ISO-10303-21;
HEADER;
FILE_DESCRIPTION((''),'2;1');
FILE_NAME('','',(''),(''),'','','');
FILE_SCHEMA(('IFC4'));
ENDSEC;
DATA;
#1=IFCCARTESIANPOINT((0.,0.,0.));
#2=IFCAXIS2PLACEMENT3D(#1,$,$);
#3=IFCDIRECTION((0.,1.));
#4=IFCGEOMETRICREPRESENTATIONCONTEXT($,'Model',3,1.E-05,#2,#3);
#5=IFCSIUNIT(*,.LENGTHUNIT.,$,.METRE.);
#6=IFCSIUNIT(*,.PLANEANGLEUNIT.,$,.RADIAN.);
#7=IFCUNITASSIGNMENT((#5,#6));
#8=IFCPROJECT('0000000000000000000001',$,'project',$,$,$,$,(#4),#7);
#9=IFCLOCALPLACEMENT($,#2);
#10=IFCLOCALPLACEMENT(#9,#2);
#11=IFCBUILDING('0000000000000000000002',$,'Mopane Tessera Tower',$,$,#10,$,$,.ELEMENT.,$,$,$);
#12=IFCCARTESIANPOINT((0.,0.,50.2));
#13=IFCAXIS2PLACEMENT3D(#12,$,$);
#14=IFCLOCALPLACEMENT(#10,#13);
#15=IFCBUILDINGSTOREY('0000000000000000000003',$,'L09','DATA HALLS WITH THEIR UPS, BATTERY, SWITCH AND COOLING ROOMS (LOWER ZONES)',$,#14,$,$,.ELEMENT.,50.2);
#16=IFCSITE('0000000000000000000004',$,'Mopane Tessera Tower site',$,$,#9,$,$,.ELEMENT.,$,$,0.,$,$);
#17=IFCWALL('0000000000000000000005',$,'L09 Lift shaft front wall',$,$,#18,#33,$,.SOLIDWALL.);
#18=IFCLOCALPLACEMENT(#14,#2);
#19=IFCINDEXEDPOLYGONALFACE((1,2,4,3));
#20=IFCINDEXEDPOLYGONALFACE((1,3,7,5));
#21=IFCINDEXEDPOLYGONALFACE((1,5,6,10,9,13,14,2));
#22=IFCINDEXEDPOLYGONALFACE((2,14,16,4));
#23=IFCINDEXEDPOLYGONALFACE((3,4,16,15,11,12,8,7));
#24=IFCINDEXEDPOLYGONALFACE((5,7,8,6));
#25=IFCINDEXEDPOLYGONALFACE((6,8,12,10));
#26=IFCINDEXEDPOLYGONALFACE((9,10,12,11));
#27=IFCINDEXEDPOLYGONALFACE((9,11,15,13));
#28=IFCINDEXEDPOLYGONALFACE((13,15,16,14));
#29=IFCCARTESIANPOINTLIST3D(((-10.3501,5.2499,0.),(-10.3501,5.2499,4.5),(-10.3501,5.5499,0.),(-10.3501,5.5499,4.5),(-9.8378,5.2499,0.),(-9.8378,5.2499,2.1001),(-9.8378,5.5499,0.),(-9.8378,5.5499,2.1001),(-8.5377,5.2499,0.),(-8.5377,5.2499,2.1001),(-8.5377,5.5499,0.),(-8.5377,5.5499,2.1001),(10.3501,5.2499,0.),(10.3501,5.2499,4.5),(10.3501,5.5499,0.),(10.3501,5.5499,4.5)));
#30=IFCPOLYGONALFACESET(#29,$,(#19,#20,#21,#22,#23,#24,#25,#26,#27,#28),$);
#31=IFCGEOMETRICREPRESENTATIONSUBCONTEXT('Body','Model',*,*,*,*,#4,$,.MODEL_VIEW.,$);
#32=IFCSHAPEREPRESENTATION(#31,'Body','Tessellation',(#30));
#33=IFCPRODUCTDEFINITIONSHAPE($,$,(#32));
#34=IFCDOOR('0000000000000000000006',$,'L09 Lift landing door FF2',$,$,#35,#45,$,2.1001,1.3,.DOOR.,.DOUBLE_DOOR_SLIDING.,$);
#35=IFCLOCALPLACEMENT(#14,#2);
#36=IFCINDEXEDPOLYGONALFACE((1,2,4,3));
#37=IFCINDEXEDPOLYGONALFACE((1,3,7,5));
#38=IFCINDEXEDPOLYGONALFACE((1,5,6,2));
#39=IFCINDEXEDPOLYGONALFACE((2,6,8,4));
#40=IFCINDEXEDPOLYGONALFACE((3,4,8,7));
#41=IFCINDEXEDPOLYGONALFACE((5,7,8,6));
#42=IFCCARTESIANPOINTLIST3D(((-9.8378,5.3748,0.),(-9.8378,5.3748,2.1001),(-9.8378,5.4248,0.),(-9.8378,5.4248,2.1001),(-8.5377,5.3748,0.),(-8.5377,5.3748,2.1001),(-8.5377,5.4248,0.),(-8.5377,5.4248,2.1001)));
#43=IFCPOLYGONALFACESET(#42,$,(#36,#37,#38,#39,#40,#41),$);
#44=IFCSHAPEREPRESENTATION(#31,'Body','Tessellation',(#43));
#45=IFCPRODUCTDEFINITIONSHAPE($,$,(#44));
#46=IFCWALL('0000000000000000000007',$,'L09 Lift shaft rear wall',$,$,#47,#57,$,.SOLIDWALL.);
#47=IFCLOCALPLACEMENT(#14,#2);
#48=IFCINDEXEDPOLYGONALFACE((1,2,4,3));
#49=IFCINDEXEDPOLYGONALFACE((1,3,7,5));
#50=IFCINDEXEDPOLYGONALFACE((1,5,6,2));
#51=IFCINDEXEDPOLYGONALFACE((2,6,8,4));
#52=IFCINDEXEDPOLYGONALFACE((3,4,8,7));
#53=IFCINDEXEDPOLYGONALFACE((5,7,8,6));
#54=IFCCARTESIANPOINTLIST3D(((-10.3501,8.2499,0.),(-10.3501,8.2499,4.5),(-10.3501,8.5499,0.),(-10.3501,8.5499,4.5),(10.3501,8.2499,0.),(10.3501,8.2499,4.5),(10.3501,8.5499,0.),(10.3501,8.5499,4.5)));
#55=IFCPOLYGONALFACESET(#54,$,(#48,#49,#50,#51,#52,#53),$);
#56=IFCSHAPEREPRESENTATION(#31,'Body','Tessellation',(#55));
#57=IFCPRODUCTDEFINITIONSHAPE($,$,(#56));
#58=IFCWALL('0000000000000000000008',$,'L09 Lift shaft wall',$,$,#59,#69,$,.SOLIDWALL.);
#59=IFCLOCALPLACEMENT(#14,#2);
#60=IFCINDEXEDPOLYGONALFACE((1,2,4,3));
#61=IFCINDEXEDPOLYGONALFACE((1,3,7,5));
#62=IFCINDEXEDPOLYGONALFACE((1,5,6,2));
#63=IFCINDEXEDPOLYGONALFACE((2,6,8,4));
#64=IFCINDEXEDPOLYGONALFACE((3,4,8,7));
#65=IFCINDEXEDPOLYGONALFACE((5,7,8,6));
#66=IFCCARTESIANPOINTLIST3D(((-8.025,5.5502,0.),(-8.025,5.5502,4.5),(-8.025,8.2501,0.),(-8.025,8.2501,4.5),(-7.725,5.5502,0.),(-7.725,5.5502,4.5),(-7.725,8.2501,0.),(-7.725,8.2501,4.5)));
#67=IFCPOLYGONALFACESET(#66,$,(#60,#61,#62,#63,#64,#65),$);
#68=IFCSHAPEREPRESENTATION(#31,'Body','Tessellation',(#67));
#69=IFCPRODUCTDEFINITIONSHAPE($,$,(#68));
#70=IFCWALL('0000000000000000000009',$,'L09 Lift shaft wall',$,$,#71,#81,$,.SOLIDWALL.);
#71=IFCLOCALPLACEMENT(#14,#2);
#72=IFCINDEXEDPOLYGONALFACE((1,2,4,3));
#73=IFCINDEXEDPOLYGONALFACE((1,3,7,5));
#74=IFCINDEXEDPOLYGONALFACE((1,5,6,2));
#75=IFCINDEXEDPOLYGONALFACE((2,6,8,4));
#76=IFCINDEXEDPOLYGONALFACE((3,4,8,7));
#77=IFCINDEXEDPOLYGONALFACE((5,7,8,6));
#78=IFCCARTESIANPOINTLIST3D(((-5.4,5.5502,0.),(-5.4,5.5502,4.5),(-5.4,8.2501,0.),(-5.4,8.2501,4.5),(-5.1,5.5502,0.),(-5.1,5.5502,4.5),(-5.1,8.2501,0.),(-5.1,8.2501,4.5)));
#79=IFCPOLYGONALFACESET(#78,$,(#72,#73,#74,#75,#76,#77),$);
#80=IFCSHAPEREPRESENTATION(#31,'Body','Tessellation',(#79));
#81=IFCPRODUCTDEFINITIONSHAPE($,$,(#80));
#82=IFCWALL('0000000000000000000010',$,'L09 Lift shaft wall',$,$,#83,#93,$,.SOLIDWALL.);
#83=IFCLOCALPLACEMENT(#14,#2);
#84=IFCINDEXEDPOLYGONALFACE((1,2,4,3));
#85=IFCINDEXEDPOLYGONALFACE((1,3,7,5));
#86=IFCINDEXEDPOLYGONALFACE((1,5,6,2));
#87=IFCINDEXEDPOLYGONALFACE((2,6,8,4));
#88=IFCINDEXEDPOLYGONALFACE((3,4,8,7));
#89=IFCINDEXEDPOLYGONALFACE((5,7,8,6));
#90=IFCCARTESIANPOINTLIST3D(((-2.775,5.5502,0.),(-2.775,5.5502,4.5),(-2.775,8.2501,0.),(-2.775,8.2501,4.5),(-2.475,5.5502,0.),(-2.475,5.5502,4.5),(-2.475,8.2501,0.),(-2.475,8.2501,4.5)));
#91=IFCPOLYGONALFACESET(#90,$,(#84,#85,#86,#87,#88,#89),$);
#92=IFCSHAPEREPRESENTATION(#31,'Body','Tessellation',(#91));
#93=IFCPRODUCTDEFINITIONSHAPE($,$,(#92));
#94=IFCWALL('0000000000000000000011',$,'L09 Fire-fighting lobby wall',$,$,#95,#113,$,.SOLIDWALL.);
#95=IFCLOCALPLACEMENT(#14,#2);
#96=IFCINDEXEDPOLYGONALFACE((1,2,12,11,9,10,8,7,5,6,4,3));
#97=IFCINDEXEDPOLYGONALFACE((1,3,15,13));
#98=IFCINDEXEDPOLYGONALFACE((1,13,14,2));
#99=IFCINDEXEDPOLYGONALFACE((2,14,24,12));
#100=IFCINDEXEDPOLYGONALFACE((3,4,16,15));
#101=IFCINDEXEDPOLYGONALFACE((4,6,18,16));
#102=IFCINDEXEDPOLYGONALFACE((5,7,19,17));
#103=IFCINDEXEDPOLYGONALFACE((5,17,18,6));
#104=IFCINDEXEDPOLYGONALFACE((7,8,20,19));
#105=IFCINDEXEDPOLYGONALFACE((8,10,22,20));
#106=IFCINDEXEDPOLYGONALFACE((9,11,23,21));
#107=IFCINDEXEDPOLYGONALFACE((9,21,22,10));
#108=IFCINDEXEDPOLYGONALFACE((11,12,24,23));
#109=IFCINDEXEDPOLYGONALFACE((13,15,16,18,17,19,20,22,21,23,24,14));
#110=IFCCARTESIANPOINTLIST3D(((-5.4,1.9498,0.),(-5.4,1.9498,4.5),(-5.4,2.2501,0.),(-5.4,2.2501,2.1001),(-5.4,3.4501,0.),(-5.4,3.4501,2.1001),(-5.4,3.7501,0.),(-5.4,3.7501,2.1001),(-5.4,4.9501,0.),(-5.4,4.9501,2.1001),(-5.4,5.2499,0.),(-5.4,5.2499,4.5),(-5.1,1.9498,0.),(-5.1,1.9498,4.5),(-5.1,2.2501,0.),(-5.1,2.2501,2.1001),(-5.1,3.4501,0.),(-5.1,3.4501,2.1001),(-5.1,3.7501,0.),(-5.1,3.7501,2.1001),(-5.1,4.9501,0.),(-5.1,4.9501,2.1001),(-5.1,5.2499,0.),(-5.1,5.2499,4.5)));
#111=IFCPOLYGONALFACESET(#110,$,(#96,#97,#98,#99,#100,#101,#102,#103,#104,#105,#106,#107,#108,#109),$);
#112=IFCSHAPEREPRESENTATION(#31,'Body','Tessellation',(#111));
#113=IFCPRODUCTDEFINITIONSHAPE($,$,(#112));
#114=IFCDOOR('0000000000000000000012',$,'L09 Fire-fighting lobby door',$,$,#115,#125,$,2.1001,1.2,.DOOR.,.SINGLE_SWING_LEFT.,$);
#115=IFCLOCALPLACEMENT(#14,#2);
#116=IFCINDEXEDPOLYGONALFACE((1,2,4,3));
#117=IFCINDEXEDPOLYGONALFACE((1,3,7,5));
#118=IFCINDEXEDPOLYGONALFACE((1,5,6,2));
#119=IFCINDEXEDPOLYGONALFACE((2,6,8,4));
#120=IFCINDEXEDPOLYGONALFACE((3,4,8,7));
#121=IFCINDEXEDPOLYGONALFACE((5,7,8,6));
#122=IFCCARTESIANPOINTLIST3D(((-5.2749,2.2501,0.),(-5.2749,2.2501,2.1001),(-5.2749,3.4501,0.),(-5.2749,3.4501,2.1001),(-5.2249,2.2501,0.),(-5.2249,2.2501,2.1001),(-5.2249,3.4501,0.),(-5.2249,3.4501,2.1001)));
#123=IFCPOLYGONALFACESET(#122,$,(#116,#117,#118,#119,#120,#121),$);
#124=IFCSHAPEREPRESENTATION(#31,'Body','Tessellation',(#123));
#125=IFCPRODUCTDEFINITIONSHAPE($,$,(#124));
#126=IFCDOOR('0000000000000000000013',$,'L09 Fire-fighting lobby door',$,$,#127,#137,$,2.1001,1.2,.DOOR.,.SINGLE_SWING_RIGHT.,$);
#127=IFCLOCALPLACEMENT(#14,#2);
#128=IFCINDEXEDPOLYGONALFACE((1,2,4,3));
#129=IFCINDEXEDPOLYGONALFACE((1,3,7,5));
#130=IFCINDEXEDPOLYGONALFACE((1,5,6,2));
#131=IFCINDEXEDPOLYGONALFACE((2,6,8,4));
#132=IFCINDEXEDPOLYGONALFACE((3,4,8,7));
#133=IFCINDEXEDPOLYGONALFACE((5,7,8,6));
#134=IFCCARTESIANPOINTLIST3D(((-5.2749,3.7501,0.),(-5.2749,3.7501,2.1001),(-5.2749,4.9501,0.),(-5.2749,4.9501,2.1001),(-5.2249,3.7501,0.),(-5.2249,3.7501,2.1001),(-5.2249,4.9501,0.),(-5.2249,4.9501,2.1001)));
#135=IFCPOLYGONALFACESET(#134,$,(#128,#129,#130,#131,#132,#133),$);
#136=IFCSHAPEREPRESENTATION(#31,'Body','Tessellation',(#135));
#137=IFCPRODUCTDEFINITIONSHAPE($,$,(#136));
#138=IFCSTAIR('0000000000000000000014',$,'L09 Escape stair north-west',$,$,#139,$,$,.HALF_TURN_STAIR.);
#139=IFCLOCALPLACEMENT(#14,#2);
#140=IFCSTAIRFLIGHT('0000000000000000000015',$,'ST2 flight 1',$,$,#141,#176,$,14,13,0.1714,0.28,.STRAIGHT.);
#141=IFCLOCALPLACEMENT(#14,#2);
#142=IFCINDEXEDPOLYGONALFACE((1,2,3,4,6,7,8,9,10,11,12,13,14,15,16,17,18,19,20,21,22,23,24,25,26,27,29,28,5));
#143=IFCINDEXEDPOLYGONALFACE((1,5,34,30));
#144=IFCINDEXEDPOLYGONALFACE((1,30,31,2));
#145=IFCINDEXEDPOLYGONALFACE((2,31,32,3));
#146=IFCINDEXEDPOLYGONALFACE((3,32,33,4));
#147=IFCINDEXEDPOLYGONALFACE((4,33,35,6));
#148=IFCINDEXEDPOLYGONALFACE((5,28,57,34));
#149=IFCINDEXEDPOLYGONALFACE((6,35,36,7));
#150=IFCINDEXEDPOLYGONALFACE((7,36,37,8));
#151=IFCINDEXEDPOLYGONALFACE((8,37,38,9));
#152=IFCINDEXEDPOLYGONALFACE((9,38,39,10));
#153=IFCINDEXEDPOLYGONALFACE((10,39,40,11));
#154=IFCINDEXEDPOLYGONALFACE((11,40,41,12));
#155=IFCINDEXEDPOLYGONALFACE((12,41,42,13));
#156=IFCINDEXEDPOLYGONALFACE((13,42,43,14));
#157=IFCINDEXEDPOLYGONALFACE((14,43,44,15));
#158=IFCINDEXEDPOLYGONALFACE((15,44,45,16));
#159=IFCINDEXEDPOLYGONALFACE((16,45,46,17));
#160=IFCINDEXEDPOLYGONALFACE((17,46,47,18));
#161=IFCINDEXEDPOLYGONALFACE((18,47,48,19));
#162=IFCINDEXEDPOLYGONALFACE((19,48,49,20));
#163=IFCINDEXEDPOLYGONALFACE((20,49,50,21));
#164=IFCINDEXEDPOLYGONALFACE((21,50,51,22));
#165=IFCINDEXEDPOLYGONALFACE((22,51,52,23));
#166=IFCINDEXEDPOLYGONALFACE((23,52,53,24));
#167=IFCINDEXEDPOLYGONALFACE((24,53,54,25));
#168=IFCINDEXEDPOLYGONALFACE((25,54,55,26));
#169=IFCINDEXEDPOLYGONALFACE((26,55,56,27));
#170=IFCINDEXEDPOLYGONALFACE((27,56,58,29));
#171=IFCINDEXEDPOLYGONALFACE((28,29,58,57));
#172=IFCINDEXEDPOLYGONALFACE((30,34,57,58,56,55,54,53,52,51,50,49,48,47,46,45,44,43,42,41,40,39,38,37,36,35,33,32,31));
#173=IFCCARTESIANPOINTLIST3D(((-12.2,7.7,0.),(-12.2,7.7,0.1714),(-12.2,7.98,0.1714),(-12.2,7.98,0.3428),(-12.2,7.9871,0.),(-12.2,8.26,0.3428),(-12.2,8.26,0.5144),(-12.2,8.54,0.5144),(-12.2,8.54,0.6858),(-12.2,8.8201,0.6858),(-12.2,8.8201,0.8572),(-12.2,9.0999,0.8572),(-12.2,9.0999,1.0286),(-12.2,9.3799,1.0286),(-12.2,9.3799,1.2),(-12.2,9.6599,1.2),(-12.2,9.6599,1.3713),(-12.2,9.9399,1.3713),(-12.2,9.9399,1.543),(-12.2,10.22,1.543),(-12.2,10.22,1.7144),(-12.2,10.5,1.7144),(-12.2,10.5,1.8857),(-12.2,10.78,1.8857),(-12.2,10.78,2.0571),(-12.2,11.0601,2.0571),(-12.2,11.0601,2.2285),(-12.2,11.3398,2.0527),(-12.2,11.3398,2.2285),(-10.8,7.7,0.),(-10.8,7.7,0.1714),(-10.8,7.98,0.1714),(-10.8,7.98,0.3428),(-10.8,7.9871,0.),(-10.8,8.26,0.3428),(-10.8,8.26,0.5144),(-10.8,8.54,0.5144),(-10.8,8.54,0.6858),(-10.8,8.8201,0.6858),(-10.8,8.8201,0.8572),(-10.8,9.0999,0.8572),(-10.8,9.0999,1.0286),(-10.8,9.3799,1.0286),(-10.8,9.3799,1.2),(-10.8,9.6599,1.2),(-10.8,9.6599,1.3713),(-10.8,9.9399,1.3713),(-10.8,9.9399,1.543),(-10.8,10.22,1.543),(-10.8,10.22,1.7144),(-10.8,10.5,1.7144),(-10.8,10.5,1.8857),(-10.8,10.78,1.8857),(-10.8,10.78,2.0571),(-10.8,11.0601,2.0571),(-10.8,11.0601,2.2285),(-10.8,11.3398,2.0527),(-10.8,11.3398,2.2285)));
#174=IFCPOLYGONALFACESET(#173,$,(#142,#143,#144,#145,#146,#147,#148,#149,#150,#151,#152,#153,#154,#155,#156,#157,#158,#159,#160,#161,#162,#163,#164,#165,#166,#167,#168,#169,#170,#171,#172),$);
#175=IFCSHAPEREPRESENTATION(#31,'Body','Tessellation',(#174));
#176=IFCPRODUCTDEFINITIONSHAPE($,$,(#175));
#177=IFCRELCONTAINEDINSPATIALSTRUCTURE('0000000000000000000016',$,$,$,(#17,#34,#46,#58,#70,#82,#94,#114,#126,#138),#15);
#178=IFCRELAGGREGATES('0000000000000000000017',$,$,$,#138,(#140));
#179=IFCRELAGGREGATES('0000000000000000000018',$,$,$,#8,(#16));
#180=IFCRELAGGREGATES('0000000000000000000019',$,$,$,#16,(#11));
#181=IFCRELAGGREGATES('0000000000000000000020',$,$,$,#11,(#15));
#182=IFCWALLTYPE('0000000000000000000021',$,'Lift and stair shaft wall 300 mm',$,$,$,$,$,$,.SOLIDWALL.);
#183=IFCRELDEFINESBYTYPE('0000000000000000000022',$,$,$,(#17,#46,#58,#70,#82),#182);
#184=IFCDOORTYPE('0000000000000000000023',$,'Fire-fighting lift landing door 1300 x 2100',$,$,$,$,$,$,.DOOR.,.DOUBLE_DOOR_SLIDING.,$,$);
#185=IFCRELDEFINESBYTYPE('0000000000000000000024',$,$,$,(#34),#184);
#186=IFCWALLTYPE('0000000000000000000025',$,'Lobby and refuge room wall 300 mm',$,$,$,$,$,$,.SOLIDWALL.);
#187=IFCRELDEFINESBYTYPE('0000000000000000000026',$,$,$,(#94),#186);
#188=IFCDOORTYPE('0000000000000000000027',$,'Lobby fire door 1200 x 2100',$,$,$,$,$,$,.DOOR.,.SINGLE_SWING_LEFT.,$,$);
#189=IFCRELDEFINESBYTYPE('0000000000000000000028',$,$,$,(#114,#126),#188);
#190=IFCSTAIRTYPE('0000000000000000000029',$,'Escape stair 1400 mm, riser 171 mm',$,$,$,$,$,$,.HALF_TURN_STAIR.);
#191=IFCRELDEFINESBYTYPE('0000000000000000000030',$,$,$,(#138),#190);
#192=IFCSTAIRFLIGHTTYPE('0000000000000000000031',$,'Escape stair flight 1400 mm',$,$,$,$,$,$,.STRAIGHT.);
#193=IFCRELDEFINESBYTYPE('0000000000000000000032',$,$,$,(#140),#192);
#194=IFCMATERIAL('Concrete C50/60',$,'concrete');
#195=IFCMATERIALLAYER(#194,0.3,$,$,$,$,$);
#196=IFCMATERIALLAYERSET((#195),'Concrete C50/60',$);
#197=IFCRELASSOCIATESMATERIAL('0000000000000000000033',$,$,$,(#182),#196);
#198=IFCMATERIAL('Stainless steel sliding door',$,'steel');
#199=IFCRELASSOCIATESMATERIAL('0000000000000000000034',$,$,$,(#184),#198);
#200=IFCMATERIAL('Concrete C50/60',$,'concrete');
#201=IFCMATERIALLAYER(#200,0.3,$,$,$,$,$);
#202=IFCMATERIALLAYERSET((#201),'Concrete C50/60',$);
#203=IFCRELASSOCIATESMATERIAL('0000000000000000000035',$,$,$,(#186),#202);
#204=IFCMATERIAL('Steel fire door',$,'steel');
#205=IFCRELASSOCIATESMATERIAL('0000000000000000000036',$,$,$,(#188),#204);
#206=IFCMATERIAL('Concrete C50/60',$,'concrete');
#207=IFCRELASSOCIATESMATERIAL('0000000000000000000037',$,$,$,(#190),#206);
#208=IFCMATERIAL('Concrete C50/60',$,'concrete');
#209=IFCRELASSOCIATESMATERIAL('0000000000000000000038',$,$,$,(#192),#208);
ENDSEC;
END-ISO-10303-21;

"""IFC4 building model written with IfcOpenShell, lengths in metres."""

from ifc_helpers import new_model, si_unit, direction, frame, frame_2d, origin, place, context, subcontext, project, spatial, polyline, rectangle, outline, extrude, material, layer, layer_set, type_object, element, fill, aggregate, save


model = new_model("IFC4")

# Units and contexts
model_context = context("Model", 3, precision=1e-05, world=origin(), true_north=direction((0.0, 1.0)))
body_context = subcontext(model_context, "Body", "Model", "MODEL_VIEW")
ifc_project = project(units=[si_unit("LENGTHUNIT", "METRE"), si_unit("PLANEANGLEUNIT", "RADIAN")], contexts=[model_context])

# Site, building, storey
site_placement = place(None, origin())
site = spatial("IfcSite", under=ifc_project, at=site_placement, Name="Mopane Tessera Tower site", CompositionType="ELEMENT", RefElevation=0.0)
building_placement = place(site_placement, origin())
building = spatial("IfcBuilding", under=site, at=building_placement, Name="Mopane Tessera Tower", CompositionType="ELEMENT")
storey_placement = place(building_placement, frame((0.0, 0.0, 50.2)))
storey = spatial("IfcBuildingStorey", under=building, at=storey_placement, Name="L09", Description="DATA HALLS WITH THEIR UPS, BATTERY, SWITCH AND COOLING ROOMS (LOWER ZONES)", CompositionType="ELEMENT", Elevation=50.2)

# Shared definitions
ifc_material_1 = material(Name="Concrete C50/60", Category="concrete")
ifc_layer_1 = layer(ifc_material_1, 0.3)
ifc_layer_set_1 = layer_set([ifc_layer_1], Name="Concrete C50/60")
wall_type_1 = type_object("IfcWallType", Name="Lift and stair shaft wall 300 mm", PredefinedType="SOLIDWALL", material=ifc_layer_set_1)

# Shared definitions
ifc_material_2 = material(Name="Stainless steel sliding door", Category="steel")
door_type_1 = type_object("IfcDoorType", Name="Fire-fighting lift landing door 1300 x 2100", OperationType="DOUBLE_DOOR_SLIDING", PredefinedType="DOOR", material=ifc_material_2)

# Wall, opening, door
wall_1_placement = place(storey_placement, frame((-10.3501, 5.3999, 0.0), z_axis=(0.0, 0.0, 1.0), x_axis=(1.0, 0.0, 0.0)))
wall_1 = element("IfcWall", 1, at=wall_1_placement, inside=storey, type_object=wall_type_1, Name="L09 Lift shaft front wall", PredefinedType="SOLIDWALL", context=body_context, shape_type="SweptSolid", body=[
    extrude(rectangle(XDim=20.7002, YDim=0.3, at=frame_2d((10.3501, 0.0))), origin(), (0.0, 0.0, 1.0), 4.5),
])
opening_1_placement = place(wall_1_placement, frame((0.5125, 0.0, 0.0)))
opening_1 = element("IfcOpeningElement", 2, at=opening_1_placement, cuts=wall_1, PredefinedType="OPENING", context=body_context, shape_type="SweptSolid", body=[
    extrude(rectangle(XDim=1.3, YDim=2.1001, at=frame_2d((0.6499, 1.05))), frame((0.0, 0.1621, 0.0), z_axis=(0.0, -1.0, 0.0), x_axis=(1.0, 0.0, 0.0)), (0.0, 0.0, 1.0), 0.324),
])
door_1_placement = place(opening_1_placement, origin())
door_1 = element("IfcDoor", 3, at=door_1_placement, inside=storey, type_object=door_type_1, Name="L09 Lift landing door FF2", OperationType="DOUBLE_DOOR_SLIDING", OverallHeight=2.1001, OverallWidth=1.3, PredefinedType="DOOR", context=body_context, shape_type="SweptSolid", body=[
    extrude(rectangle(XDim=1.3, YDim=2.1001, at=frame_2d((0.6499, 1.05))), frame((0.0, 0.0249, 0.0), z_axis=(0.0, -1.0, 0.0), x_axis=(1.0, 0.0, 0.0)), (0.0, 0.0, 1.0), 0.05),
])
fill(opening_1, door_1)

# Walls
wall_2_placement = place(storey_placement, frame((-10.3501, 8.3999, 0.0), z_axis=(0.0, 0.0, 1.0), x_axis=(1.0, 0.0, 0.0)))
element("IfcWall", 4, at=wall_2_placement, inside=storey, type_object=wall_type_1, Name="L09 Lift shaft rear wall", PredefinedType="SOLIDWALL", context=body_context, shape_type="SweptSolid", body=[
    extrude(rectangle(XDim=20.7002, YDim=0.3, at=frame_2d((10.3501, 0.0))), origin(), (0.0, 0.0, 1.0), 4.5),
])
for number, where, z_axis, x_axis, name in (
    (5, (-7.875, 5.55, 0.0), (0.0, 0.0, 1.0), (0.0, 1.0, 0.0), "L09 Lift shaft wall"),
    (6, (-5.25, 5.55, 0.0), (0.0, 0.0, 1.0), (0.0, 1.0, 0.0), "L09 Lift shaft wall"),
    (7, (-2.625, 5.55, 0.0), (0.0, 0.0, 1.0), (0.0, 1.0, 0.0), "L09 Lift shaft wall"),
):
    element("IfcWall", number, at=place(storey_placement, frame(where, z_axis=z_axis, x_axis=x_axis)), inside=storey, type_object=wall_type_1, Name=name, PredefinedType="SOLIDWALL", context=body_context, shape_type="SweptSolid", body=[
        extrude(rectangle(XDim=2.7, YDim=0.3, at=frame_2d((1.3501, 0.0))), origin(), (0.0, 0.0, 1.0), 4.5),
    ])

# Wall, openings, doors
ifc_material_3 = material(Name="Concrete C50/60", Category="concrete")
ifc_layer_2 = layer(ifc_material_3, 0.3)
ifc_layer_set_2 = layer_set([ifc_layer_2], Name="Concrete C50/60")
wall_type_2 = type_object("IfcWallType", Name="Lobby and refuge room wall 300 mm", PredefinedType="SOLIDWALL", material=ifc_layer_set_2)
wall_3_placement = place(storey_placement, frame((-5.25, 1.95, 0.0), z_axis=(0.0, 0.0, 1.0), x_axis=(0.0, 1.0, 0.0)))
wall_3 = element("IfcWall", 8, at=wall_3_placement, inside=storey, type_object=wall_type_2, Name="L09 Fire-fighting lobby wall", PredefinedType="SOLIDWALL", context=body_context, shape_type="SweptSolid", body=[
    extrude(rectangle(XDim=3.3, YDim=0.3, at=frame_2d((1.6499, 0.0))), origin(), (0.0, 0.0, 1.0), 4.5),
])
opening_2_placement = place(wall_3_placement, frame((0.3, 0.0, 0.0)))
opening_2 = element("IfcOpeningElement", 9, at=opening_2_placement, cuts=wall_3, PredefinedType="OPENING", context=body_context, shape_type="SweptSolid", body=[
    extrude(rectangle(XDim=1.2, YDim=2.1001, at=frame_2d((0.6001, 1.05))), frame((0.0, 0.1621, 0.0), z_axis=(0.0, -1.0, 0.0), x_axis=(1.0, 0.0, 0.0)), (0.0, 0.0, 1.0), 0.324),
])
opening_3_placement = place(wall_3_placement, frame((1.8, 0.0, 0.0)))
opening_3 = element("IfcOpeningElement", 10, at=opening_3_placement, cuts=wall_3, PredefinedType="OPENING", context=body_context, shape_type="SweptSolid", body=[
    extrude(rectangle(XDim=1.2, YDim=2.1001, at=frame_2d((0.6001, 1.05))), frame((0.0, 0.1621, 0.0), z_axis=(0.0, -1.0, 0.0), x_axis=(1.0, 0.0, 0.0)), (0.0, 0.0, 1.0), 0.324),
])
ifc_material_4 = material(Name="Steel fire door", Category="steel")
door_type_2 = type_object("IfcDoorType", Name="Lobby fire door 1200 x 2100", OperationType="SINGLE_SWING_LEFT", PredefinedType="DOOR", material=ifc_material_4)
door_2_placement = place(opening_2_placement, origin())
door_2 = element("IfcDoor", 11, at=door_2_placement, inside=storey, type_object=door_type_2, Name="L09 Fire-fighting lobby door", OperationType="SINGLE_SWING_LEFT", OverallHeight=2.1001, OverallWidth=1.2, PredefinedType="DOOR", context=body_context, shape_type="SweptSolid", body=[
    extrude(rectangle(XDim=1.2, YDim=2.1001, at=frame_2d((0.6001, 1.05))), frame((0.0, 0.0249, 0.0), z_axis=(0.0, -1.0, 0.0), x_axis=(1.0, 0.0, 0.0)), (0.0, 0.0, 1.0), 0.05),
])
fill(opening_2, door_2)
door_3_placement = place(opening_3_placement, origin())
door_3 = element("IfcDoor", 12, at=door_3_placement, inside=storey, type_object=door_type_2, Name="L09 Fire-fighting lobby door", OperationType="SINGLE_SWING_RIGHT", OverallHeight=2.1001, OverallWidth=1.2, PredefinedType="DOOR", context=body_context, shape_type="SweptSolid", body=[
    extrude(rectangle(XDim=1.2, YDim=2.1001, at=frame_2d((0.6001, 1.05))), frame((0.0, 0.0249, 0.0), z_axis=(0.0, -1.0, 0.0), x_axis=(1.0, 0.0, 0.0)), (0.0, 0.0, 1.0), 0.05),
])
fill(opening_3, door_3)

# Stair, stair flight
ifc_material_5 = material(Name="Concrete C50/60", Category="concrete")
stair_type = type_object("IfcStairType", Name="Escape stair 1400 mm, riser 171 mm", PredefinedType="HALF_TURN_STAIR", material=ifc_material_5)
stair_placement = place(storey_placement, origin())
stair = element("IfcStair", 13, at=stair_placement, inside=storey, type_object=stair_type, Name="L09 Escape stair north-west", PredefinedType="HALF_TURN_STAIR")
ifc_material_6 = material(Name="Concrete C50/60", Category="concrete")
stair_flight_type = type_object("IfcStairFlightType", Name="Escape stair flight 1400 mm", PredefinedType="STRAIGHT", material=ifc_material_6)
stair_flight_1_placement = place(storey_placement, frame((-11.5, 7.7, 0.0), z_axis=(0.0, 0.0, 1.0), x_axis=(0.0, 1.0, 0.0)))
stair_flight_1 = element("IfcStairFlight", 14, at=stair_flight_1_placement, type_object=stair_flight_type, Name="ST2 flight 1", NumberOfRisers=14, NumberOfTreads=13, PredefinedType="STRAIGHT", RiserHeight=0.1714, TreadLength=0.28, context=body_context, shape_type="SweptSolid", body=[
    extrude(outline(polyline([(0.0, 0.0), (0.0, 0.1714), (0.28, 0.1714), (0.28, 0.3428), (0.5601, 0.3428), (0.5601, 0.5144), (0.8401, 0.5144), (0.8401, 0.6858), (1.1201, 0.6858), (1.1201, 0.8572), (1.3999, 0.8572), (1.3999, 1.0286), (1.6799, 1.0286), (1.6799, 1.2), (1.96, 1.2), (1.96, 1.3713), (2.24, 1.3713), (2.24, 1.543), (2.52, 1.543), (2.52, 1.7144), (2.8, 1.7144), (2.8, 1.8857), (3.0801, 1.8857), (3.0801, 2.0571), (3.3601, 2.0571), (3.3601, 2.2285), (3.6399, 2.2285), (3.6399, 2.3999), (3.6399, 2.0527), (0.2871, 0.0), (0.0, 0.0)])), frame((0.0, 0.7, 0.0), z_axis=(0.0, -1.0, 0.0), x_axis=(1.0, 0.0, 0.0)), (0.0, 0.0, 1.0), 1.3999),
])
aggregate(stair, [stair_flight_1])

save(model, "model.ifc")
